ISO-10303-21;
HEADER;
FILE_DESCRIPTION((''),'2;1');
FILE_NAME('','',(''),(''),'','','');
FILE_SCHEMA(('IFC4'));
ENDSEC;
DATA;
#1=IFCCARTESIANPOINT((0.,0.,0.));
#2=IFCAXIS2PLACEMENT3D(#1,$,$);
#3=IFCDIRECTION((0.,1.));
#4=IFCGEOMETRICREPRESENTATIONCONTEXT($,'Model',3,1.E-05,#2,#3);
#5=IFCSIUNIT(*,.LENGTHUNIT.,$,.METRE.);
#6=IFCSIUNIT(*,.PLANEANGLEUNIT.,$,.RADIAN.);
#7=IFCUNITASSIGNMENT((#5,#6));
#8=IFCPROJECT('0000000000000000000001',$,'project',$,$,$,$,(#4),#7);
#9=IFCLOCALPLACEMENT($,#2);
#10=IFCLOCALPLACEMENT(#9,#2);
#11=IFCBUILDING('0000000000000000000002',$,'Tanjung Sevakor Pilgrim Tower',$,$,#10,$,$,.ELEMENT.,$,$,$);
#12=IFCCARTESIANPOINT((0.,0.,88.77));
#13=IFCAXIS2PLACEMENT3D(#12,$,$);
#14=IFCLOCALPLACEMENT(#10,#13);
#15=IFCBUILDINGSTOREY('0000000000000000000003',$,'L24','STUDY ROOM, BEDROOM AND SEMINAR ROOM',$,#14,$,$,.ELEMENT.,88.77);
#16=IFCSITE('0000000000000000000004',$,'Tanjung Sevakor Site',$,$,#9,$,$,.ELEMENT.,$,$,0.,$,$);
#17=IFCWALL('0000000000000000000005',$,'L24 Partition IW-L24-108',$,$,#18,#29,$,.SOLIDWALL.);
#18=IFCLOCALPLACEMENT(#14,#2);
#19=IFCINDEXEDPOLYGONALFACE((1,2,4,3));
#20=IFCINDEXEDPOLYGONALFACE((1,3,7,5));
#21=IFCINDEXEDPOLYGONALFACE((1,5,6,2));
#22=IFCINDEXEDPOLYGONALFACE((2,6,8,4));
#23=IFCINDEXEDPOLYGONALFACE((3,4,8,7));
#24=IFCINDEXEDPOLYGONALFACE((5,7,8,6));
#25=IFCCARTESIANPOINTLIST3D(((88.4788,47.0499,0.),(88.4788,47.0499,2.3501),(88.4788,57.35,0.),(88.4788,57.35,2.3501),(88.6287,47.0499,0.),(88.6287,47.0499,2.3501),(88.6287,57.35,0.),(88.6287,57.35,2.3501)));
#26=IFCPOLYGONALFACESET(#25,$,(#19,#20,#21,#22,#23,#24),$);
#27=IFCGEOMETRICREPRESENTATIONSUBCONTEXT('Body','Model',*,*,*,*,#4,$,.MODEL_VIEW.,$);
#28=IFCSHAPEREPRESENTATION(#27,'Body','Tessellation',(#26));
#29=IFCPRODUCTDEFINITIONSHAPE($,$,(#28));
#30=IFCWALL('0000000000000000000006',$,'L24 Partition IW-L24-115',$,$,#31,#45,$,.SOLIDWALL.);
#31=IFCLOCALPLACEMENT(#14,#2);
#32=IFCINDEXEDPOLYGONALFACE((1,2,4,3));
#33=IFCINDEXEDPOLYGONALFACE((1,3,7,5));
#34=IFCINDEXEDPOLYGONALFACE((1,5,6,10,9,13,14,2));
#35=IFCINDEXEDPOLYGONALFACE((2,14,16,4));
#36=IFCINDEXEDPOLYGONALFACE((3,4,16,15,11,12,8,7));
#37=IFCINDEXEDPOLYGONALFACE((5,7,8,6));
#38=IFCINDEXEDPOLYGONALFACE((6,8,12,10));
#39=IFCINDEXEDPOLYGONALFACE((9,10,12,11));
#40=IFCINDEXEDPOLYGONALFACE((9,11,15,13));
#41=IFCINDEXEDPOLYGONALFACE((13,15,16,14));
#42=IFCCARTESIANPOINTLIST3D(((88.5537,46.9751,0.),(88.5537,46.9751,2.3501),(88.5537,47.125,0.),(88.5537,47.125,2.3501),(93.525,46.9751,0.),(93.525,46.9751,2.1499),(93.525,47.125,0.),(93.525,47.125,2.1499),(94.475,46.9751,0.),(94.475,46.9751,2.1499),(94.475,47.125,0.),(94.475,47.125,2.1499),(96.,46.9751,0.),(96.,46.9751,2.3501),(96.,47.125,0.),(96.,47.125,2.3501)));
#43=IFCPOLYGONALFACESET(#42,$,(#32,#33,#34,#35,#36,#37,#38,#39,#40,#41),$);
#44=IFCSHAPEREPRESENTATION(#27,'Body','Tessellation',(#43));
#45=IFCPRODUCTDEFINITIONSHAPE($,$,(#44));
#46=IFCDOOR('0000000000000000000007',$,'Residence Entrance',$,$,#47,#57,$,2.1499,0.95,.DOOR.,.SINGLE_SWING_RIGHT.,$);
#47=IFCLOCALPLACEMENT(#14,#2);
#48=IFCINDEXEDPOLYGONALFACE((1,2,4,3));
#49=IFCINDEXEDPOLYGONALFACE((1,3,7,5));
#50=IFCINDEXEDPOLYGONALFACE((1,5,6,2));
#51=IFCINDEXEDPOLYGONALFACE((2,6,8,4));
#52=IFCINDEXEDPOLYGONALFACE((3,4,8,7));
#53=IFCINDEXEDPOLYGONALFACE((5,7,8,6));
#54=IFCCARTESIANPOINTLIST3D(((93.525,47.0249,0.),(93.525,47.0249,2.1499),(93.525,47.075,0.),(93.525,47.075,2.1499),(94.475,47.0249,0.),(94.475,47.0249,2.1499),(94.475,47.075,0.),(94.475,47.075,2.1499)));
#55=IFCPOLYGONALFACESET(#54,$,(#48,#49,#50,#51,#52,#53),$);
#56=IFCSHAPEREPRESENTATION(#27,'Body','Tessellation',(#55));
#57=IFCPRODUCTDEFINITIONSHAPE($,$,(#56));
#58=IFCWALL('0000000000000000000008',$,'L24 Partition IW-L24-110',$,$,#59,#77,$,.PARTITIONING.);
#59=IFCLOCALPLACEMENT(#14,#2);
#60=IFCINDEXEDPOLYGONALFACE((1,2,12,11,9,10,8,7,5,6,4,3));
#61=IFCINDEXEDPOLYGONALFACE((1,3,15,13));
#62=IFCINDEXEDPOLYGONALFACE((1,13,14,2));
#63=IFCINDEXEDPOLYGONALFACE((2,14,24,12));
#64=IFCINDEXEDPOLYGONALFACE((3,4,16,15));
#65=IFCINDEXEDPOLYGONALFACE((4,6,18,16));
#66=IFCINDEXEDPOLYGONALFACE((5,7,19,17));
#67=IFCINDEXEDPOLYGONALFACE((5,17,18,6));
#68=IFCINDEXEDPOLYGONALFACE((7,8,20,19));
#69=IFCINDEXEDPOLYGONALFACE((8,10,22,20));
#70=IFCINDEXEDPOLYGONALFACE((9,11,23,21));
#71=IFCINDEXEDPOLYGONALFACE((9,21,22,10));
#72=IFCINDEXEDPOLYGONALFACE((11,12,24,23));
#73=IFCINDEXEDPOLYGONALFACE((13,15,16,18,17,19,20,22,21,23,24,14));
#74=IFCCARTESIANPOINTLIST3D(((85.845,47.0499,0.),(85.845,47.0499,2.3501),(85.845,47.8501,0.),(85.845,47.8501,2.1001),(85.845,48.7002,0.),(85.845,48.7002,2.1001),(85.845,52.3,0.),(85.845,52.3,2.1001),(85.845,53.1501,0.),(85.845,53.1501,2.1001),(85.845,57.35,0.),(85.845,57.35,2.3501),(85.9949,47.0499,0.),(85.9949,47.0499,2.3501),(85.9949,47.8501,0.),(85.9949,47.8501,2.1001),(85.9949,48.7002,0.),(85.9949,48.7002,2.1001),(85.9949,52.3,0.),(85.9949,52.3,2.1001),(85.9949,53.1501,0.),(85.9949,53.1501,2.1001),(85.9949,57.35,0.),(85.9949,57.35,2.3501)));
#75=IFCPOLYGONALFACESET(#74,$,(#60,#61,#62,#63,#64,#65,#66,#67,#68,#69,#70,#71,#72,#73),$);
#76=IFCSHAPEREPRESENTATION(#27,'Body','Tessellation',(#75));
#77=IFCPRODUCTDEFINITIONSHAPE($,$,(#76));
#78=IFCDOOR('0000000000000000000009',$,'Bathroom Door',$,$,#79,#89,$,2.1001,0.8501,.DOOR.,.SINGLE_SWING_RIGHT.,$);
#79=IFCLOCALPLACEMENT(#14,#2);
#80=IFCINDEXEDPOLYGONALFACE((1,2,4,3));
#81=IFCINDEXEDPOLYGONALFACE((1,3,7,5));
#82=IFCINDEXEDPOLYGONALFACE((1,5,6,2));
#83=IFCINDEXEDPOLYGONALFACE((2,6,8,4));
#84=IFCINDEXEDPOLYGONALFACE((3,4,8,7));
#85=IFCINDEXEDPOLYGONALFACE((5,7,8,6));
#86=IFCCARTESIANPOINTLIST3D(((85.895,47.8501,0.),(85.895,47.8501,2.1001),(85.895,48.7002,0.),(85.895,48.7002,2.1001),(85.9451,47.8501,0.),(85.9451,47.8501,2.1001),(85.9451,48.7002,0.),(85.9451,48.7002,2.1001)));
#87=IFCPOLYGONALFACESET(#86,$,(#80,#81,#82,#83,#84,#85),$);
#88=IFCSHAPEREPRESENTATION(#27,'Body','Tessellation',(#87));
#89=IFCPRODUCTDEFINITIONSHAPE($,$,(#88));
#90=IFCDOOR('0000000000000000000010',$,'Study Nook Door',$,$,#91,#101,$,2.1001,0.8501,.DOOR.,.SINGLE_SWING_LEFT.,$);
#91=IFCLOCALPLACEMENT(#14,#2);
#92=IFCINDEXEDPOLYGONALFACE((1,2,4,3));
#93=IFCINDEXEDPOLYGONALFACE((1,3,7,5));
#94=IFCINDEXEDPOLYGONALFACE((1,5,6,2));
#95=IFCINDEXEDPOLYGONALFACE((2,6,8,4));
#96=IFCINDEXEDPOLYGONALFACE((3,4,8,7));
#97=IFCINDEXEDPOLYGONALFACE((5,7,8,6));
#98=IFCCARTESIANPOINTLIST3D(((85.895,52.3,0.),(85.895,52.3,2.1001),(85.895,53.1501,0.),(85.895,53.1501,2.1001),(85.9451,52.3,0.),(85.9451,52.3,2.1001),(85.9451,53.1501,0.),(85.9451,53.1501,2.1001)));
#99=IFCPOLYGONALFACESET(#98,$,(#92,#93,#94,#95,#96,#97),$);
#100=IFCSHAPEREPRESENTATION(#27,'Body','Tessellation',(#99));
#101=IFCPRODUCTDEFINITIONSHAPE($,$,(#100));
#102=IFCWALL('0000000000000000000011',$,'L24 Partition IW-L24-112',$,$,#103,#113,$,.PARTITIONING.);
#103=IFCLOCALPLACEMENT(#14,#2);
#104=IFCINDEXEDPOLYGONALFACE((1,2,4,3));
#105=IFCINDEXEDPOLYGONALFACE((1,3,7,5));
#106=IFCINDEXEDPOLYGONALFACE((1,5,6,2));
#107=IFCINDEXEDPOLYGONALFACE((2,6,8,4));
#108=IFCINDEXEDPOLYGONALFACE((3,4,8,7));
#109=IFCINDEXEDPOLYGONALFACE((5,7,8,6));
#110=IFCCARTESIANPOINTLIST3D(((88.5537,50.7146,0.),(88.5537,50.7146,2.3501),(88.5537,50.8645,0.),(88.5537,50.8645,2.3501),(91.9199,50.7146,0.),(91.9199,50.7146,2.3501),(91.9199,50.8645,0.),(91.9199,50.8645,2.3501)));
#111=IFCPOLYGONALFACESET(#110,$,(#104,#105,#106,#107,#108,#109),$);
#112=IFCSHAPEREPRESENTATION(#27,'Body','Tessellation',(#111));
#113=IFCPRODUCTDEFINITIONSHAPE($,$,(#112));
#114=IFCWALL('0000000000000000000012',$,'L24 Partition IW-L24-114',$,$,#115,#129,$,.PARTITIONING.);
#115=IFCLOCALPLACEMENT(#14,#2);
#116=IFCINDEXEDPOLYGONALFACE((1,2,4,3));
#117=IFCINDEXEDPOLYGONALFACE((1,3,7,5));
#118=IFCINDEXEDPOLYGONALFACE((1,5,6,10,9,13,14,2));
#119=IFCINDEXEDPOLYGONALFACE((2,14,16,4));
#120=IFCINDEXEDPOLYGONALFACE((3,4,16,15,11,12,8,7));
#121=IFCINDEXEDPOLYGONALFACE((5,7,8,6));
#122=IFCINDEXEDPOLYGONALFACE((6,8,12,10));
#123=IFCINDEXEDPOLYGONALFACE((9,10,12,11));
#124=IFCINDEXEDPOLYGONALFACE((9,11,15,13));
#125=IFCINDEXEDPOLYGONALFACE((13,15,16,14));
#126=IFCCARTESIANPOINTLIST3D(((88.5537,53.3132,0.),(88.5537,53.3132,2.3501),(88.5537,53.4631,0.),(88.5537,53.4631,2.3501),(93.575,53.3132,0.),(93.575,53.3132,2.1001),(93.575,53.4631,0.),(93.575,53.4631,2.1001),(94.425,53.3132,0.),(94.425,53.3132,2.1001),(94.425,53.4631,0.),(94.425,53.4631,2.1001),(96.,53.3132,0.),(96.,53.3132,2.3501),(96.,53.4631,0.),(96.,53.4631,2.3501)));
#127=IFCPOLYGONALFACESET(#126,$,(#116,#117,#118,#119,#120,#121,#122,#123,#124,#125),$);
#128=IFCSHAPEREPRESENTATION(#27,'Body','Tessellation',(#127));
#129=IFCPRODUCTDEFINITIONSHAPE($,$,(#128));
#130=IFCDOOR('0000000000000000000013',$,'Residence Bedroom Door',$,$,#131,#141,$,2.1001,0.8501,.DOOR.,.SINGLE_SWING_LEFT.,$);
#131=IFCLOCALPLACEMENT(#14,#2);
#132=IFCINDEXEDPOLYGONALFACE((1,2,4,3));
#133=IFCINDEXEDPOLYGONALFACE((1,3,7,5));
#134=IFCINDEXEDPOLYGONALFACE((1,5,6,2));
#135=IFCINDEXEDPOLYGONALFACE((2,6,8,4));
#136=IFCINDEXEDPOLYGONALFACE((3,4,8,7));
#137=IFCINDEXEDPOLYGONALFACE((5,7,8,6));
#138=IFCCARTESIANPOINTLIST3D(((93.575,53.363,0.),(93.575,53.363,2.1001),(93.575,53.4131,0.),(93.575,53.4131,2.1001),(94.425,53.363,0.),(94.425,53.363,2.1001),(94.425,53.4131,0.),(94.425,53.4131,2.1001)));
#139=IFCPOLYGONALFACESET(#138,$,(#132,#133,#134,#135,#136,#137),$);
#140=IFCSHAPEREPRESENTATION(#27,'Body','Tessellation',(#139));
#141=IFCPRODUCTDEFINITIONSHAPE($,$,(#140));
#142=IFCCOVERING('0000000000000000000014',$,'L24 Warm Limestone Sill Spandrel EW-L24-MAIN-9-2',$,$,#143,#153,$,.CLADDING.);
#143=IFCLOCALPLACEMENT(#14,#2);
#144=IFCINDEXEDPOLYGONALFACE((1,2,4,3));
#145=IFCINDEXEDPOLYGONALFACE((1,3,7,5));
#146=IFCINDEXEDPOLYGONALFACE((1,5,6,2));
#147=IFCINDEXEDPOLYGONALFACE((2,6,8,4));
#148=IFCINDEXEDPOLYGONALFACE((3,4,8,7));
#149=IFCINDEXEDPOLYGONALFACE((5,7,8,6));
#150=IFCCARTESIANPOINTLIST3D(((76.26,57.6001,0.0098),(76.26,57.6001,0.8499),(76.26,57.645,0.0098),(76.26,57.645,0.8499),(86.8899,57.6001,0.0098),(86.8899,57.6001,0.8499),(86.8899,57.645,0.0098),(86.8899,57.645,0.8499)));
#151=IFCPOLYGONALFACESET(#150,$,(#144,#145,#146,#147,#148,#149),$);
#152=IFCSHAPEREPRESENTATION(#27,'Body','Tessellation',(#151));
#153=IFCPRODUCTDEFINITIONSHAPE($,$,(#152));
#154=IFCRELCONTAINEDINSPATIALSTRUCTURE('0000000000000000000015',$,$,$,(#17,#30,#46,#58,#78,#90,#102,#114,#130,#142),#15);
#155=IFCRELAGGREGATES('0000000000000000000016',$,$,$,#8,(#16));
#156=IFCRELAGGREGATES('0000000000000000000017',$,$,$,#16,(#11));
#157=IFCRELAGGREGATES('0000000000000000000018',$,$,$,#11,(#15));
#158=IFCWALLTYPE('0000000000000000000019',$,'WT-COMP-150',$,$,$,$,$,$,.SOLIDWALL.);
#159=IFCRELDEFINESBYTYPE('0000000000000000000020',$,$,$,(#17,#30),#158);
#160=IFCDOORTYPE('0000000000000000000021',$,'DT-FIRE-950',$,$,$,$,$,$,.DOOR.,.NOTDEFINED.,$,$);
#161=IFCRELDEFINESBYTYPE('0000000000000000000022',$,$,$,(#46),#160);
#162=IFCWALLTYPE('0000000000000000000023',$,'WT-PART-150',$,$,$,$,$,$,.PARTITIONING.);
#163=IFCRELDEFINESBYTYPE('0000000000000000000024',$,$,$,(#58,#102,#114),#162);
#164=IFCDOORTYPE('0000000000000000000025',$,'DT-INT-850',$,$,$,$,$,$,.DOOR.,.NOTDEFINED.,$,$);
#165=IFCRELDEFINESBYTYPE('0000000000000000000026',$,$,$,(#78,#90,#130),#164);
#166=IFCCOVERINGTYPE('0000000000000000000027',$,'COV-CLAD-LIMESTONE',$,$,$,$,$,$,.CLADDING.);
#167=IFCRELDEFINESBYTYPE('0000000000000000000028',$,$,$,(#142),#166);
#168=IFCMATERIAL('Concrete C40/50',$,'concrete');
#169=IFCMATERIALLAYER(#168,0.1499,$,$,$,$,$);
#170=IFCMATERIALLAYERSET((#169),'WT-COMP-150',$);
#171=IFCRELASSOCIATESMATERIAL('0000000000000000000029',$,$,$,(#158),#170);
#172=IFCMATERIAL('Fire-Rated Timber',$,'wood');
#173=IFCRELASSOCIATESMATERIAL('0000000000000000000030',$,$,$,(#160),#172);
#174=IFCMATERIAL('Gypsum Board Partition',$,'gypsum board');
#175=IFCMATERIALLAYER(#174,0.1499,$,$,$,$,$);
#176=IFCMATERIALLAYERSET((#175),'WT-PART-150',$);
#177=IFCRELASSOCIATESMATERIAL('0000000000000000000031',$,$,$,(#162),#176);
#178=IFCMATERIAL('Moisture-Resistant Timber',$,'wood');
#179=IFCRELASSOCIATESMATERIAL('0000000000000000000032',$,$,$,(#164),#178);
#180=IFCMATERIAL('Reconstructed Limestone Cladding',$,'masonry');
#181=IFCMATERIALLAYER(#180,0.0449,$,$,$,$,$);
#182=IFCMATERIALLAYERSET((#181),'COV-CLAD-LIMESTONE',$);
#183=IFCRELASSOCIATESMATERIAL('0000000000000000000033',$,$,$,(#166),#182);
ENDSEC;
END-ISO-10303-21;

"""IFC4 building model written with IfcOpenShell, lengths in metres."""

from ifc_helpers import new_model, si_unit, direction, frame, frame_2d, origin, origin_2d, place, context, subcontext, project, spatial, rectangle, extrude, material, layer, layer_set, type_object, element, fill, save


model = new_model("IFC4")

# Units and contexts
model_context = context("Model", 3, precision=1e-05, world=origin(), true_north=direction((0.0, 1.0)))
body_context = subcontext(model_context, "Body", "Model", "MODEL_VIEW")
ifc_project = project(units=[si_unit("LENGTHUNIT", "METRE"), si_unit("PLANEANGLEUNIT", "RADIAN")], contexts=[model_context])

# Site, building, storey
site_placement = place(None, origin())
site = spatial("IfcSite", under=ifc_project, at=site_placement, Name="Tanjung Sevakor Site", CompositionType="ELEMENT", RefElevation=0.0)
building_placement = place(site_placement, origin())
building = spatial("IfcBuilding", under=site, at=building_placement, Name="Tanjung Sevakor Pilgrim Tower", CompositionType="ELEMENT")
storey_placement = place(building_placement, frame((0.0, 0.0, 88.77)))
storey = spatial("IfcBuildingStorey", under=building, at=storey_placement, Name="L24", Description="STUDY ROOM, BEDROOM AND SEMINAR ROOM", CompositionType="ELEMENT", Elevation=88.77)

# Wall
ifc_material_1 = material(Name="Concrete C40/50", Category="concrete")
ifc_layer_1 = layer(ifc_material_1, 0.1499)
ifc_layer_set_1 = layer_set([ifc_layer_1], Name="WT-COMP-150")
wall_type_1 = type_object("IfcWallType", Name="WT-COMP-150", PredefinedType="SOLIDWALL", material=ifc_layer_set_1)
wall_1_placement = place(storey_placement, frame((88.5537, 47.05, 0.0), z_axis=(0.0, 0.0, 1.0), x_axis=(0.0, 1.0, 0.0)))
element("IfcWall", 1, at=wall_1_placement, inside=storey, type_object=wall_type_1, Name="L24 Partition IW-L24-108", PredefinedType="SOLIDWALL", context=body_context, shape_type="SweptSolid", body=[
    extrude(rectangle(XDim=10.3, YDim=0.1499, at=frame_2d((5.1499, 0.0))), origin(), (0.0, 0.0, 1.0), 2.3501),
])

# Wall, opening, door
wall_2_placement = place(storey_placement, frame((88.5537, 47.05, 0.0), z_axis=(0.0, 0.0, 1.0), x_axis=(1.0, 0.0, 0.0)))
wall_2 = element("IfcWall", 2, at=wall_2_placement, inside=storey, type_object=wall_type_1, Name="L24 Partition IW-L24-115", PredefinedType="SOLIDWALL", context=body_context, shape_type="SweptSolid", body=[
    extrude(rectangle(XDim=7.4463, YDim=0.1499, at=frame_2d((3.7231, 0.0))), origin(), (0.0, 0.0, 1.0), 2.3501),
])
opening_1_placement = place(wall_2_placement, frame((4.9712, 0.0, 0.0)))
opening_1 = element("IfcOpeningElement", 3, at=opening_1_placement, cuts=wall_2, PredefinedType="OPENING", context=body_context, shape_type="SweptSolid", body=[
    extrude(rectangle(XDim=0.95, YDim=2.1499, at=frame_2d((0.4751, 1.075))), frame((0.0, 0.085, 0.0), z_axis=(0.0, -1.0, 0.0), x_axis=(1.0, 0.0, 0.0)), (0.0, 0.0, 1.0), 0.1699),
])
ifc_material_2 = material(Name="Fire-Rated Timber", Category="wood")
door_type_1 = type_object("IfcDoorType", Name="DT-FIRE-950", OperationType="NOTDEFINED", PredefinedType="DOOR", material=ifc_material_2)
door_1_placement = place(opening_1_placement, origin())
door_1 = element("IfcDoor", 4, at=door_1_placement, inside=storey, type_object=door_type_1, Name="Residence Entrance", OperationType="SINGLE_SWING_RIGHT", OverallHeight=2.1499, OverallWidth=0.95, PredefinedType="DOOR", context=body_context, shape_type="SweptSolid", body=[
    extrude(rectangle(XDim=0.95, YDim=2.1499, at=frame_2d((0.4751, 1.075))), frame((0.0, 0.0249, 0.0), z_axis=(0.0, -1.0, 0.0), x_axis=(1.0, 0.0, 0.0)), (0.0, 0.0, 1.0), 0.05),
])
fill(opening_1, door_1)

# Wall, openings, doors
ifc_material_3 = material(Name="Gypsum Board Partition", Category="gypsum board")
ifc_layer_2 = layer(ifc_material_3, 0.1499)
ifc_layer_set_2 = layer_set([ifc_layer_2], Name="WT-PART-150")
wall_type_2 = type_object("IfcWallType", Name="WT-PART-150", PredefinedType="PARTITIONING", material=ifc_layer_set_2)
wall_3_placement = place(storey_placement, frame((85.9199, 47.05, 0.0), z_axis=(0.0, 0.0, 1.0), x_axis=(0.0, 1.0, 0.0)))
wall_3 = element("IfcWall", 5, at=wall_3_placement, inside=storey, type_object=wall_type_2, Name="L24 Partition IW-L24-110", PredefinedType="PARTITIONING", context=body_context, shape_type="SweptSolid", body=[
    extrude(rectangle(XDim=10.3, YDim=0.1499, at=frame_2d((5.1499, 0.0))), origin(), (0.0, 0.0, 1.0), 2.3501),
])
opening_2_placement = place(wall_3_placement, frame((0.8, 0.0, 0.0)))
opening_2 = element("IfcOpeningElement", 6, at=opening_2_placement, cuts=wall_3, PredefinedType="OPENING", context=body_context, shape_type="SweptSolid", body=[
    extrude(rectangle(XDim=0.8501, YDim=2.1001, at=frame_2d((0.425, 1.05))), frame((0.0, 0.085, 0.0), z_axis=(0.0, -1.0, 0.0), x_axis=(1.0, 0.0, 0.0)), (0.0, 0.0, 1.0), 0.1699),
])
opening_3_placement = place(wall_3_placement, frame((5.25, 0.0, 0.0)))
opening_3 = element("IfcOpeningElement", 7, at=opening_3_placement, cuts=wall_3, PredefinedType="OPENING", context=body_context, shape_type="SweptSolid", body=[
    extrude(rectangle(XDim=0.8501, YDim=2.1001, at=frame_2d((0.425, 1.05))), frame((0.0, 0.085, 0.0), z_axis=(0.0, -1.0, 0.0), x_axis=(1.0, 0.0, 0.0)), (0.0, 0.0, 1.0), 0.1699),
])
ifc_material_4 = material(Name="Moisture-Resistant Timber", Category="wood")
door_type_2 = type_object("IfcDoorType", Name="DT-INT-850", OperationType="NOTDEFINED", PredefinedType="DOOR", material=ifc_material_4)
door_2_placement = place(opening_2_placement, origin())
door_2 = element("IfcDoor", 8, at=door_2_placement, inside=storey, type_object=door_type_2, Name="Bathroom Door", OperationType="SINGLE_SWING_RIGHT", OverallHeight=2.1001, OverallWidth=0.8501, PredefinedType="DOOR", context=body_context, shape_type="SweptSolid", body=[
    extrude(rectangle(XDim=0.8501, YDim=2.1001, at=frame_2d((0.425, 1.05))), frame((0.0, 0.0249, 0.0), z_axis=(0.0, -1.0, 0.0), x_axis=(1.0, 0.0, 0.0)), (0.0, 0.0, 1.0), 0.05),
])
fill(opening_2, door_2)
door_3_placement = place(opening_3_placement, origin())
door_3 = element("IfcDoor", 9, at=door_3_placement, inside=storey, type_object=door_type_2, Name="Study Nook Door", OperationType="SINGLE_SWING_LEFT", OverallHeight=2.1001, OverallWidth=0.8501, PredefinedType="DOOR", context=body_context, shape_type="SweptSolid", body=[
    extrude(rectangle(XDim=0.8501, YDim=2.1001, at=frame_2d((0.425, 1.05))), frame((0.0, 0.0249, 0.0), z_axis=(0.0, -1.0, 0.0), x_axis=(1.0, 0.0, 0.0)), (0.0, 0.0, 1.0), 0.05),
])
fill(opening_3, door_3)

# Wall
wall_4_placement = place(storey_placement, frame((88.5537, 50.7896, 0.0), z_axis=(0.0, 0.0, 1.0), x_axis=(1.0, 0.0, 0.0)))
element("IfcWall", 10, at=wall_4_placement, inside=storey, type_object=wall_type_2, Name="L24 Partition IW-L24-112", PredefinedType="PARTITIONING", context=body_context, shape_type="SweptSolid", body=[
    extrude(rectangle(XDim=3.3662, YDim=0.1499, at=frame_2d((1.6831, 0.0))), origin(), (0.0, 0.0, 1.0), 2.3501),
])

# Wall, opening, door
wall_5_placement = place(storey_placement, frame((88.5537, 53.3882, 0.0), z_axis=(0.0, 0.0, 1.0), x_axis=(1.0, 0.0, 0.0)))
wall_5 = element("IfcWall", 11, at=wall_5_placement, inside=storey, type_object=wall_type_2, Name="L24 Partition IW-L24-114", PredefinedType="PARTITIONING", context=body_context, shape_type="SweptSolid", body=[
    extrude(rectangle(XDim=7.4463, YDim=0.1499, at=frame_2d((3.7231, 0.0))), origin(), (0.0, 0.0, 1.0), 2.3501),
])
opening_4_placement = place(wall_5_placement, frame((5.0212, 0.0, 0.0)))
opening_4 = element("IfcOpeningElement", 12, at=opening_4_placement, cuts=wall_5, PredefinedType="OPENING", context=body_context, shape_type="SweptSolid", body=[
    extrude(rectangle(XDim=0.8501, YDim=2.1001, at=frame_2d((0.425, 1.05))), frame((0.0, 0.085, 0.0), z_axis=(0.0, -1.0, 0.0), x_axis=(1.0, 0.0, 0.0)), (0.0, 0.0, 1.0), 0.1699),
])
door_4_placement = place(opening_4_placement, origin())
door_4 = element("IfcDoor", 13, at=door_4_placement, inside=storey, type_object=door_type_2, Name="Residence Bedroom Door", OperationType="SINGLE_SWING_LEFT", OverallHeight=2.1001, OverallWidth=0.8501, PredefinedType="DOOR", context=body_context, shape_type="SweptSolid", body=[
    extrude(rectangle(XDim=0.8501, YDim=2.1001, at=frame_2d((0.425, 1.05))), frame((0.0, 0.0249, 0.0), z_axis=(0.0, -1.0, 0.0), x_axis=(1.0, 0.0, 0.0)), (0.0, 0.0, 1.0), 0.05),
])
fill(opening_4, door_4)

# Covering
ifc_material_5 = material(Name="Reconstructed Limestone Cladding", Category="masonry")
ifc_layer_3 = layer(ifc_material_5, 0.0449)
ifc_layer_set_3 = layer_set([ifc_layer_3], Name="COV-CLAD-LIMESTONE")
covering_type = type_object("IfcCoveringType", Name="COV-CLAD-LIMESTONE", PredefinedType="CLADDING", material=ifc_layer_set_3)
covering_placement = place(storey_placement, frame((81.575, 57.6226, 0.0098), z_axis=(0.0, 0.0, 1.0), x_axis=(-1.0, 0.0, 0.0)))
element("IfcCovering", 14, at=covering_placement, inside=storey, type_object=covering_type, Name="L24 Warm Limestone Sill Spandrel EW-L24-MAIN-9-2", PredefinedType="CLADDING", context=body_context, shape_type="SweptSolid", body=[
    extrude(rectangle(XDim=10.6299, YDim=0.0449, at=origin_2d()), origin(), (0.0, 0.0, 1.0), 0.8401),
])

save(model, "model.ifc")
